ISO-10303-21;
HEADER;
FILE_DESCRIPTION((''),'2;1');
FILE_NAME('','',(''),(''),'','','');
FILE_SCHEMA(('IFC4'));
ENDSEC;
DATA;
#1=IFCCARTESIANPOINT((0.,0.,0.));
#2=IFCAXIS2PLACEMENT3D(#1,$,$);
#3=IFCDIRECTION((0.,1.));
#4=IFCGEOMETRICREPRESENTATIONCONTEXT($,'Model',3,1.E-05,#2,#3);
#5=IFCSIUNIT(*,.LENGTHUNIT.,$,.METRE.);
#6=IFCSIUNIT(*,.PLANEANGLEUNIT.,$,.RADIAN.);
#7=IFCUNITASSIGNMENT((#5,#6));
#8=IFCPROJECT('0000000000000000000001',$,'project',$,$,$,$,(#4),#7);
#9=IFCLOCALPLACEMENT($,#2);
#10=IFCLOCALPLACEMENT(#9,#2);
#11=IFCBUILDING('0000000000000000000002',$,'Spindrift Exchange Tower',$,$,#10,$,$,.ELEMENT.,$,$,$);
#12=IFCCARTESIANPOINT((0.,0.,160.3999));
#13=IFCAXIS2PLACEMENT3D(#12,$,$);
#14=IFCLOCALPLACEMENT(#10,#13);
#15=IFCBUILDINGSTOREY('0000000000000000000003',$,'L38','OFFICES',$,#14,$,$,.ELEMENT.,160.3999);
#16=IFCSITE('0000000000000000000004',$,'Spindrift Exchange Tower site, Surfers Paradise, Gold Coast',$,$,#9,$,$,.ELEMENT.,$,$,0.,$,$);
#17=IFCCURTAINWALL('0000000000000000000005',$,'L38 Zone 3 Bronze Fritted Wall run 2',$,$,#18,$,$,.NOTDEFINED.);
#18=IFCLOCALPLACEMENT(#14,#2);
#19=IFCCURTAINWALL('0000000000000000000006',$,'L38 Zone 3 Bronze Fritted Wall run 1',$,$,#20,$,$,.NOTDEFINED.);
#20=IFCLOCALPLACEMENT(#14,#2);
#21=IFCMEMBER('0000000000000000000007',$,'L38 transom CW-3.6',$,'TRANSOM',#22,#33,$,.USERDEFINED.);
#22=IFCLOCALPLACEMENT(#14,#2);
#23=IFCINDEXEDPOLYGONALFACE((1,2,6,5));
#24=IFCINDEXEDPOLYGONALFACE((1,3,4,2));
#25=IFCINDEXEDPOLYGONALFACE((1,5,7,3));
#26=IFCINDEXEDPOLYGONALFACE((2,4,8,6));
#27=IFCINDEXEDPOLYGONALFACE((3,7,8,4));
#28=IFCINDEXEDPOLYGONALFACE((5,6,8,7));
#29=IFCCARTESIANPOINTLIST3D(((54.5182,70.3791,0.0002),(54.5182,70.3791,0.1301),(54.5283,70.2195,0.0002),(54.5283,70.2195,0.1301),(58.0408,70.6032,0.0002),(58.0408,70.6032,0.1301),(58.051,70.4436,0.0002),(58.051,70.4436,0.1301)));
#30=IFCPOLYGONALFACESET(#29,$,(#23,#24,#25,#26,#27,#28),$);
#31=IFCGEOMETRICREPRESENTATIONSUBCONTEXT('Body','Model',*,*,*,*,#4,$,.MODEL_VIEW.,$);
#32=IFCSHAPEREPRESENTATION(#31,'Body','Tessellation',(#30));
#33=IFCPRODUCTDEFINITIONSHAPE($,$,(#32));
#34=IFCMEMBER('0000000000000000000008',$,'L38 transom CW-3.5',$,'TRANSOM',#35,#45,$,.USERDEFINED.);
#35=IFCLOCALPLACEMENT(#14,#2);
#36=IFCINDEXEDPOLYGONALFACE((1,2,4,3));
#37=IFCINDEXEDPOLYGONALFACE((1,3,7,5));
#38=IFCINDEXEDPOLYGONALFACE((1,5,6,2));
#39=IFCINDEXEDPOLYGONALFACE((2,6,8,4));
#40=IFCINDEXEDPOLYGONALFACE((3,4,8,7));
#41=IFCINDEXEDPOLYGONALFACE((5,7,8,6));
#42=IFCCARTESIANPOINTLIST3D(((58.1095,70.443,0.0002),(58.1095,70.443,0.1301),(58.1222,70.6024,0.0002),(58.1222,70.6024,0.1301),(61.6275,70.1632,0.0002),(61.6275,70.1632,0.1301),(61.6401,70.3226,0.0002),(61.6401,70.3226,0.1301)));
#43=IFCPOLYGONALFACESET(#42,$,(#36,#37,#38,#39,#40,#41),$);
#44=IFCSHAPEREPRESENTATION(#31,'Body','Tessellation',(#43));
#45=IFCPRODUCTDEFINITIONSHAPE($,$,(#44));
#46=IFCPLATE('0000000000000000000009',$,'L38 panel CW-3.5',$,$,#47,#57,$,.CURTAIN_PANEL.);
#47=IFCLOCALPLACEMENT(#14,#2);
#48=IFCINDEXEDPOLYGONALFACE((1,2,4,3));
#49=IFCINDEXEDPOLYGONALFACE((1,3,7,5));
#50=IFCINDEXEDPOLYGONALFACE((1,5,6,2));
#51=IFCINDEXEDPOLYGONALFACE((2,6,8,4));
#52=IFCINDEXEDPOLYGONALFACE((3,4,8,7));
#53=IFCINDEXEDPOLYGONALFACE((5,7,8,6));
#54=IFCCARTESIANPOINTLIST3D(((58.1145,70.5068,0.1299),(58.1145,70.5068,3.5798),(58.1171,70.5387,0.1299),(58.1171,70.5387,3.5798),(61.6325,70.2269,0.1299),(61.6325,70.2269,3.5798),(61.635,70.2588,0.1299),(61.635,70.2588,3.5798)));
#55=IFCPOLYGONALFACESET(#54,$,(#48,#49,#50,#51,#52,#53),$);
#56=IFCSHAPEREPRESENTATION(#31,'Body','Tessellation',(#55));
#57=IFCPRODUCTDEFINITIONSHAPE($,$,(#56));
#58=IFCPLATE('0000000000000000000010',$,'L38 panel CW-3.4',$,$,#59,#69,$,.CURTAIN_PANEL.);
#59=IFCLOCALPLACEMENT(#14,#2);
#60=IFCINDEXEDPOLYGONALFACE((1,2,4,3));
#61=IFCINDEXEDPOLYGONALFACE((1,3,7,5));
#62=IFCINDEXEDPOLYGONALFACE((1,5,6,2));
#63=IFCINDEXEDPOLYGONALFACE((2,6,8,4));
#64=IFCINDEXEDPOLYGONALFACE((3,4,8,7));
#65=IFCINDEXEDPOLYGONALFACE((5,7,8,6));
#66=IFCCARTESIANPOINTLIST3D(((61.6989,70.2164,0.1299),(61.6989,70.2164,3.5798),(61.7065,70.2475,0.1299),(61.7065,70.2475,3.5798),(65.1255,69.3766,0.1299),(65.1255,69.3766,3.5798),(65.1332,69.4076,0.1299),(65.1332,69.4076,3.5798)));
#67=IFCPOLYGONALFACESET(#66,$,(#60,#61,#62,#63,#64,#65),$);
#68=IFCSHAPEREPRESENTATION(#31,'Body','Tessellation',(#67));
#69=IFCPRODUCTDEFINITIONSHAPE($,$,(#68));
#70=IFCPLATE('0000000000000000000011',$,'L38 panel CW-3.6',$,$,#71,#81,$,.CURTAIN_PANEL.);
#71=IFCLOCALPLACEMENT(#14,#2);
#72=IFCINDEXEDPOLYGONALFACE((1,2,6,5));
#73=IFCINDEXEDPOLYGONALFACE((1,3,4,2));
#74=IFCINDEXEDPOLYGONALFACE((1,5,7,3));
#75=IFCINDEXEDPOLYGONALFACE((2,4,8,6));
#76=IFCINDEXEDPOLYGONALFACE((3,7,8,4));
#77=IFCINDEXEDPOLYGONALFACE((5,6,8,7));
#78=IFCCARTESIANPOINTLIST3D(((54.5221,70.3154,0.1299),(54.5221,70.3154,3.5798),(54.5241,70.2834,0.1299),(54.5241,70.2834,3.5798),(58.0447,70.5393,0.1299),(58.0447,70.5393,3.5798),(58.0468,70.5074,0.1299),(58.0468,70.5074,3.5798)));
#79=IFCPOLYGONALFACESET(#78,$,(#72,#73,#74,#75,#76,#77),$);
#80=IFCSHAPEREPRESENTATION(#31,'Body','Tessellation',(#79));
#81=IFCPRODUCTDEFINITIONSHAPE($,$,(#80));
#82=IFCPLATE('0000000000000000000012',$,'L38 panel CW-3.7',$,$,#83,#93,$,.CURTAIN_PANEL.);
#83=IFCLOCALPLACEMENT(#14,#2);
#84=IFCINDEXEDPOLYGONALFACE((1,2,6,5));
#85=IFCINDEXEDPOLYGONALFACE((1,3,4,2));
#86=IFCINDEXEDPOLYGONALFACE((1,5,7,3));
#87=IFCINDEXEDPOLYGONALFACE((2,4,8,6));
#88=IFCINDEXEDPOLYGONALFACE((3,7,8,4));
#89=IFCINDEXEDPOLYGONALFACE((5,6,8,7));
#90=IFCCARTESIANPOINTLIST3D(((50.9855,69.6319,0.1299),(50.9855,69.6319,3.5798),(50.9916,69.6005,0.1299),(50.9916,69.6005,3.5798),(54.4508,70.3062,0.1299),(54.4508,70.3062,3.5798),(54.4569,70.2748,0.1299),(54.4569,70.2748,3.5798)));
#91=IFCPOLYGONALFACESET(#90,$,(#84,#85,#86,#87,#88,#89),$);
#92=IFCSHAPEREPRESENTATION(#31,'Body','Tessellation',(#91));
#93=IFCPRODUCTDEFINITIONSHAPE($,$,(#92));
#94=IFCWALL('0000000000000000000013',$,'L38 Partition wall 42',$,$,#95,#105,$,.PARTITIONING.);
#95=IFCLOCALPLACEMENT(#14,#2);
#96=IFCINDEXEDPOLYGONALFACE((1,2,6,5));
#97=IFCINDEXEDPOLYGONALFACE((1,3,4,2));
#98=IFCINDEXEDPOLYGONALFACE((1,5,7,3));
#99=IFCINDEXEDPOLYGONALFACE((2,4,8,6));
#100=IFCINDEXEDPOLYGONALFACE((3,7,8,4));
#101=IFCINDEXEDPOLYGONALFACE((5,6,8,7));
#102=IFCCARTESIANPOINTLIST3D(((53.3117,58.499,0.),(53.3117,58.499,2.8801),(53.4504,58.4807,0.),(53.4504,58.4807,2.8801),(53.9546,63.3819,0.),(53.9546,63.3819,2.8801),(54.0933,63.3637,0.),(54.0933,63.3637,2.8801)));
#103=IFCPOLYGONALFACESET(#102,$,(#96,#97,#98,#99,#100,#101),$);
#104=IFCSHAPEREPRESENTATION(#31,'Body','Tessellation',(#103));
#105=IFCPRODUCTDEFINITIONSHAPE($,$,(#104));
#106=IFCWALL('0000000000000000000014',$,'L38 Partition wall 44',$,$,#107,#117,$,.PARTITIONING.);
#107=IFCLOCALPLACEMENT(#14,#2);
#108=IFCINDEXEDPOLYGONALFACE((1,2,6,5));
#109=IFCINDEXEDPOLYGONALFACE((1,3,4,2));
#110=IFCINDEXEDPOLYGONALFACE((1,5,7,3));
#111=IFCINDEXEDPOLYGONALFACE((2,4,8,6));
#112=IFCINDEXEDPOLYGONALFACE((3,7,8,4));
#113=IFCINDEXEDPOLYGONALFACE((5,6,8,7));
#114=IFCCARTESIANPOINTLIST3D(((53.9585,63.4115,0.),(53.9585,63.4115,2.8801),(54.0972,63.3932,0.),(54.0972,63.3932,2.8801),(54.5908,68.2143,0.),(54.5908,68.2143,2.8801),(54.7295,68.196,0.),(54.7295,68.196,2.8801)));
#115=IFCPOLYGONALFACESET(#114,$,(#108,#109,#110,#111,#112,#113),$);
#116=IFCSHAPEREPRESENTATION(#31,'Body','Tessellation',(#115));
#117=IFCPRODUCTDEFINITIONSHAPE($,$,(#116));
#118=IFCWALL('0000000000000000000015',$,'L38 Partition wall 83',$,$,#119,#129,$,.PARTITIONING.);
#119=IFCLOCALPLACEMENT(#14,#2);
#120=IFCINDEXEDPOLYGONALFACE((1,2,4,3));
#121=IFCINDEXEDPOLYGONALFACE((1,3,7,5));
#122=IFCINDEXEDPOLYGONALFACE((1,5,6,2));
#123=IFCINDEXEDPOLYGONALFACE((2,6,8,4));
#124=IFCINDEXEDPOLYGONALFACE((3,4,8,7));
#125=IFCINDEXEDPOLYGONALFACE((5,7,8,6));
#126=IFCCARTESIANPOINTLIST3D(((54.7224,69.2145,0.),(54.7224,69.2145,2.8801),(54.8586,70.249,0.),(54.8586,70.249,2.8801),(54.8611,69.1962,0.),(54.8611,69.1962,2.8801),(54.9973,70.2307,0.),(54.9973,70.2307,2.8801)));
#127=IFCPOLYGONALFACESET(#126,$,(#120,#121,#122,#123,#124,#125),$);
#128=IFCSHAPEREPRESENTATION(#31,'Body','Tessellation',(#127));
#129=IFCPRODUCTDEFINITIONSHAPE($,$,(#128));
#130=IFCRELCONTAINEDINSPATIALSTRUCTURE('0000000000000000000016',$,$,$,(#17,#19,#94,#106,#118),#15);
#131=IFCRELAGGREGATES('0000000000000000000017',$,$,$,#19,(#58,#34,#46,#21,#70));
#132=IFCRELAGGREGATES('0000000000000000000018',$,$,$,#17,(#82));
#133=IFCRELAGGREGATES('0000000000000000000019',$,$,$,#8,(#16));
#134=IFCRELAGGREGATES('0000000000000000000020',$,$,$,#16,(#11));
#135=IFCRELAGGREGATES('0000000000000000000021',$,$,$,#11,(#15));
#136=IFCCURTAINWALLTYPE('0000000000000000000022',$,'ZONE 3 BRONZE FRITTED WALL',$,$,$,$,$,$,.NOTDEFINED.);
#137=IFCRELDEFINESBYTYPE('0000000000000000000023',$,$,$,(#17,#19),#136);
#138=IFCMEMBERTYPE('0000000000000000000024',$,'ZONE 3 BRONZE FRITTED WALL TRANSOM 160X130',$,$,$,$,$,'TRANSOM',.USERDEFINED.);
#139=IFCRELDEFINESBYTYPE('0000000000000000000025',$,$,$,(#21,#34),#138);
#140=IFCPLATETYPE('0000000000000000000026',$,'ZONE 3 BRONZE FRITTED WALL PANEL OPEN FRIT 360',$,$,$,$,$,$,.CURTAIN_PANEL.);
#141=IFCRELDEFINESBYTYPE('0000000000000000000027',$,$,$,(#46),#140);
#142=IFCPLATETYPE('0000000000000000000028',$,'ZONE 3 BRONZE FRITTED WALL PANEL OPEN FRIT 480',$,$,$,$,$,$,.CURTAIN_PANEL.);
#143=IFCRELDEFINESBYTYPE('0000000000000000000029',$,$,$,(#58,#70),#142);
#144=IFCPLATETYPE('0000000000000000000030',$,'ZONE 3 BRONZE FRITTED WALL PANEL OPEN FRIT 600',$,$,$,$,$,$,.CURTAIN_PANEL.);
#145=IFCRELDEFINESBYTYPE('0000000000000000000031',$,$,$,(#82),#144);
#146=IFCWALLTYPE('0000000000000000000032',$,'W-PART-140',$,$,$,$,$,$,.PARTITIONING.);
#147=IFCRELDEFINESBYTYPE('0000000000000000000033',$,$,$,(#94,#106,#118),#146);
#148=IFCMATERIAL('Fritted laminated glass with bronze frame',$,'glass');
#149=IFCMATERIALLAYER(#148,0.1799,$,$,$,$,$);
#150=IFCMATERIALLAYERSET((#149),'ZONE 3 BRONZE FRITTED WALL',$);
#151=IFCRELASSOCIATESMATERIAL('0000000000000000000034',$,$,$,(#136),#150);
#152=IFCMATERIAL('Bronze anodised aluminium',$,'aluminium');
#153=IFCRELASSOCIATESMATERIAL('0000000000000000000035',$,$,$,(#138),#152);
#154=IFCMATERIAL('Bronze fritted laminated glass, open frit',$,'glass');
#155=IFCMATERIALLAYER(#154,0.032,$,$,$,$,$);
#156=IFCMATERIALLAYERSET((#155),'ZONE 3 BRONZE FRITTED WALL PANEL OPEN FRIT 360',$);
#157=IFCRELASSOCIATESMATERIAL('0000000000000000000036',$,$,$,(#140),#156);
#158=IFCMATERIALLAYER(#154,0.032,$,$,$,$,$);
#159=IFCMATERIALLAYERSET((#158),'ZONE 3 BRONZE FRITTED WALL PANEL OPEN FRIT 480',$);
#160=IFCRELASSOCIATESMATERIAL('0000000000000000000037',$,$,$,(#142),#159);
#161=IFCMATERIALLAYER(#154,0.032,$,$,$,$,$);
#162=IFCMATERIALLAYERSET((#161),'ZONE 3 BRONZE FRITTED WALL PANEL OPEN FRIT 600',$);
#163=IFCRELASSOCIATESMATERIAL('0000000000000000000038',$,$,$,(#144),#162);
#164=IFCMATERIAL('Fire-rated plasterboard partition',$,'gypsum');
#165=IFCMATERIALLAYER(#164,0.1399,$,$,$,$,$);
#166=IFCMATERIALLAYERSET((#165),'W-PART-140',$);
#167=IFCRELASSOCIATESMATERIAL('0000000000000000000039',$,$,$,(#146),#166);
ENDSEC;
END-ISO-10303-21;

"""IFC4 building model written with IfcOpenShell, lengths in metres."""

from ifc_helpers import new_model, si_unit, direction, frame, frame_2d, origin, origin_2d, place, context, subcontext, project, spatial, rectangle, extrude, source, transform, mapped, material, layer, layer_set, material_profile, profile_set, type_object, element, aggregate, save


model = new_model("IFC4")

# Units and contexts
model_context = context("Model", 3, precision=1e-05, world=origin(), true_north=direction((0.0, 1.0)))
body_context = subcontext(model_context, "Body", "Model", "MODEL_VIEW")
ifc_project = project(units=[si_unit("LENGTHUNIT", "METRE"), si_unit("PLANEANGLEUNIT", "RADIAN")], contexts=[model_context])

# Site, building, storey
site_placement = place(None, origin())
site = spatial("IfcSite", under=ifc_project, at=site_placement, Name="Spindrift Exchange Tower site, Surfers Paradise, Gold Coast", CompositionType="ELEMENT", RefElevation=0.0)
building_placement = place(site_placement, origin())
building = spatial("IfcBuilding", under=site, at=building_placement, Name="Spindrift Exchange Tower", CompositionType="ELEMENT")
storey_placement = place(building_placement, frame((0.0, 0.0, 160.3999)))
storey = spatial("IfcBuildingStorey", under=building, at=storey_placement, Name="L38", Description="OFFICES", CompositionType="ELEMENT", Elevation=160.3999)

# Curtain wall
ifc_material_1 = material(Name="Fritted laminated glass with bronze frame", Category="glass")
ifc_layer_1 = layer(ifc_material_1, 0.1799)
ifc_layer_set_1 = layer_set([ifc_layer_1], Name="ZONE 3 BRONZE FRITTED WALL")
curtain_wall_type = type_object("IfcCurtainWallType", Name="ZONE 3 BRONZE FRITTED WALL", PredefinedType="NOTDEFINED", material=ifc_layer_set_1)
curtain_wall_1_placement = place(storey_placement, origin())
curtain_wall_1 = element("IfcCurtainWall", 1, at=curtain_wall_1_placement, inside=storey, type_object=curtain_wall_type, Name="L38 Zone 3 Bronze Fritted Wall run 2", PredefinedType="NOTDEFINED")
ifc_material_2 = material(Name="Bronze anodised aluminium", Category="aluminium")
ifc_material_profile_1 = material_profile(ifc_material_2, rectangle(XDim=0.1599, YDim=0.1299, at=origin_2d()), Name="ZONE 3 BRONZE FRITTED WALL TRANSOM 160X130")
ifc_profile_set_1 = profile_set([ifc_material_profile_1], Name="Bronze anodised aluminium")
member_type_1 = type_object("IfcMemberType", Name="ZONE 3 BRONZE FRITTED WALL TRANSOM 160X130", ElementType="TRANSOM", PredefinedType="USERDEFINED", material=ifc_profile_set_1)

# Curtain wall
curtain_wall_2_placement = place(storey_placement, origin())
curtain_wall_2 = element("IfcCurtainWall", 2, at=curtain_wall_2_placement, inside=storey, type_object=curtain_wall_type, Name="L38 Zone 3 Bronze Fritted Wall run 1", PredefinedType="NOTDEFINED")

# Members
shared_shape_1 = source(origin(), body_context, "Body", "SweptSolid", [
    extrude(rectangle(XDim=0.1599, YDim=0.1299, at=origin_2d()), origin(), (0.0, 0.0, 1.0), 3.5298),
])
member_1_placement = place(storey_placement, frame((58.0459, 70.5234, 0.0652), z_axis=(-0.997982, -0.063493, 0.0), x_axis=(0.063493, -0.997982, 0.0)))
member_1 = element("IfcMember", 3, at=member_1_placement, type_object=member_type_1, Name="L38 transom CW-3.6", ObjectType="TRANSOM", PredefinedType="USERDEFINED", context=body_context, shape_type="MappedRepresentation", body=[
    mapped(shared_shape_1, transform((0.0, 0.0, 0.0), scale=1.0)),
])
shared_shape_2 = source(origin(), body_context, "Body", "SweptSolid", [
    extrude(rectangle(XDim=0.1599, YDim=0.1299, at=origin_2d()), origin(), (0.0, 0.0, 1.0), 3.5291),
])
member_2_placement = place(storey_placement, frame((61.6338, 70.2429, 0.0652), z_axis=(-0.996853, 0.079278, 0.0), x_axis=(-0.079278, -0.996853, 0.0)))
member_2 = element("IfcMember", 4, at=member_2_placement, type_object=member_type_1, Name="L38 transom CW-3.5", ObjectType="TRANSOM", PredefinedType="USERDEFINED", context=body_context, shape_type="MappedRepresentation", body=[
    mapped(shared_shape_2, transform((0.0, 0.0, 0.0), scale=1.0)),
])

# Plates
ifc_material_3 = material(Name="Bronze fritted laminated glass, open frit", Category="glass")
ifc_layer_2 = layer(ifc_material_3, 0.032)
ifc_layer_set_2 = layer_set([ifc_layer_2], Name="ZONE 3 BRONZE FRITTED WALL PANEL OPEN FRIT 360")
plate_type_1 = type_object("IfcPlateType", Name="ZONE 3 BRONZE FRITTED WALL PANEL OPEN FRIT 360", PredefinedType="CURTAIN_PANEL", material=ifc_layer_set_2)
shared_shape_3 = source(origin(), body_context, "Body", "SweptSolid", [
    extrude(rectangle(XDim=3.5291, YDim=0.032, at=origin_2d()), origin(), (0.0, 0.0, 1.0), 3.45),
])
plate_1_placement = place(storey_placement, frame((59.8748, 70.3828, 0.1299), z_axis=(0.0, 0.0, 1.0), x_axis=(-0.996851, 0.079298, 0.0)))
plate_1 = element("IfcPlate", 5, at=plate_1_placement, type_object=plate_type_1, Name="L38 panel CW-3.5", PredefinedType="CURTAIN_PANEL", context=body_context, shape_type="MappedRepresentation", body=[
    mapped(shared_shape_3, transform((0.0, 0.0, 0.0), scale=1.0)),
])
ifc_layer_3 = layer(ifc_material_3, 0.032)
ifc_layer_set_3 = layer_set([ifc_layer_3], Name="ZONE 3 BRONZE FRITTED WALL PANEL OPEN FRIT 480")
plate_type_2 = type_object("IfcPlateType", Name="ZONE 3 BRONZE FRITTED WALL PANEL OPEN FRIT 480", PredefinedType="CURTAIN_PANEL", material=ifc_layer_set_3)
shared_shape_4 = source(origin(), body_context, "Body", "SweptSolid", [
    extrude(rectangle(XDim=3.5281, YDim=0.032, at=origin_2d()), origin(), (0.0, 0.0, 1.0), 3.45),
])
plate_2_placement = place(storey_placement, frame((63.416, 69.812, 0.1299), z_axis=(0.0, 0.0, 1.0), x_axis=(-0.971255, 0.23804, 0.0)))
plate_2 = element("IfcPlate", 6, at=plate_2_placement, type_object=plate_type_2, Name="L38 panel CW-3.4", PredefinedType="CURTAIN_PANEL", context=body_context, shape_type="MappedRepresentation", body=[
    mapped(shared_shape_4, transform((0.0, 0.0, 0.0), scale=1.0)),
])
shared_shape_5 = source(origin(), body_context, "Body", "SweptSolid", [
    extrude(rectangle(XDim=3.5298, YDim=0.032, at=origin_2d()), origin(), (0.0, 0.0, 1.0), 3.45),
])
plate_3_placement = place(storey_placement, frame((56.2844, 70.4114, 0.1299), z_axis=(0.0, 0.0, 1.0), x_axis=(-0.997985, -0.063447, 0.0)))
plate_3 = element("IfcPlate", 7, at=plate_3_placement, type_object=plate_type_2, Name="L38 panel CW-3.6", PredefinedType="CURTAIN_PANEL", context=body_context, shape_type="MappedRepresentation", body=[
    mapped(shared_shape_5, transform((0.0, 0.0, 0.0), scale=1.0)),
])
aggregate(curtain_wall_2, [plate_2, member_2, plate_1, member_1, plate_3])
ifc_layer_4 = layer(ifc_material_3, 0.032)
ifc_layer_set_4 = layer_set([ifc_layer_4], Name="ZONE 3 BRONZE FRITTED WALL PANEL OPEN FRIT 600")
plate_type_3 = type_object("IfcPlateType", Name="ZONE 3 BRONZE FRITTED WALL PANEL OPEN FRIT 600", PredefinedType="CURTAIN_PANEL", material=ifc_layer_set_4)
shared_shape_6 = source(origin(), body_context, "Body", "SweptSolid", [
    extrude(rectangle(XDim=3.5303, YDim=0.032, at=origin_2d()), origin(), (0.0, 0.0, 1.0), 3.45),
])
plate_4_placement = place(storey_placement, frame((52.7212, 69.9534, 0.1299), z_axis=(0.0, 0.0, 1.0), x_axis=(-0.981588, -0.191013, 0.0)))
plate_4 = element("IfcPlate", 8, at=plate_4_placement, type_object=plate_type_3, Name="L38 panel CW-3.7", PredefinedType="CURTAIN_PANEL", context=body_context, shape_type="MappedRepresentation", body=[
    mapped(shared_shape_6, transform((0.0, 0.0, 0.0), scale=1.0)),
])
aggregate(curtain_wall_1, [plate_4])

# Walls
ifc_material_4 = material(Name="Fire-rated plasterboard partition", Category="gypsum")
ifc_layer_5 = layer(ifc_material_4, 0.1399)
ifc_layer_set_5 = layer_set([ifc_layer_5], Name="W-PART-140")
wall_type = type_object("IfcWallType", Name="W-PART-140", PredefinedType="PARTITIONING", material=ifc_layer_set_5)
wall_1_placement = place(storey_placement, frame((53.3811, 58.49, 0.0), z_axis=(0.0, 0.0, 1.0), x_axis=(0.130524, 0.991445, 0.0)))
element("IfcWall", 9, at=wall_1_placement, inside=storey, type_object=wall_type, Name="L38 Partition wall 42", PredefinedType="PARTITIONING", context=body_context, shape_type="SweptSolid", body=[
    extrude(rectangle(XDim=4.925, YDim=0.1399, at=frame_2d((2.4624, 0.0))), origin(), (0.0, 0.0, 1.0), 2.8801),
])
wall_2_placement = place(storey_placement, frame((54.0278, 63.4023, 0.0), z_axis=(0.0, 0.0, 1.0), x_axis=(0.130533, 0.991444, 0.0)))
element("IfcWall", 10, at=wall_2_placement, inside=storey, type_object=wall_type, Name="L38 Partition wall 44", PredefinedType="PARTITIONING", context=body_context, shape_type="SweptSolid", body=[
    extrude(rectangle(XDim=4.8442, YDim=0.1399, at=frame_2d((2.4221, 0.0))), origin(), (0.0, 0.0, 1.0), 2.8801),
])
wall_3_placement = place(storey_placement, frame((54.7917, 69.2053, 0.0), z_axis=(0.0, 0.0, 1.0), x_axis=(0.13057, 0.991439, 0.0)))
element("IfcWall", 11, at=wall_3_placement, inside=storey, type_object=wall_type, Name="L38 Partition wall 83", PredefinedType="PARTITIONING", context=body_context, shape_type="SweptSolid", body=[
    extrude(rectangle(XDim=1.0435, YDim=0.1399, at=frame_2d((0.5217, 0.0))), origin(), (0.0, 0.0, 1.0), 2.8801),
])

save(model, "model.ifc")
